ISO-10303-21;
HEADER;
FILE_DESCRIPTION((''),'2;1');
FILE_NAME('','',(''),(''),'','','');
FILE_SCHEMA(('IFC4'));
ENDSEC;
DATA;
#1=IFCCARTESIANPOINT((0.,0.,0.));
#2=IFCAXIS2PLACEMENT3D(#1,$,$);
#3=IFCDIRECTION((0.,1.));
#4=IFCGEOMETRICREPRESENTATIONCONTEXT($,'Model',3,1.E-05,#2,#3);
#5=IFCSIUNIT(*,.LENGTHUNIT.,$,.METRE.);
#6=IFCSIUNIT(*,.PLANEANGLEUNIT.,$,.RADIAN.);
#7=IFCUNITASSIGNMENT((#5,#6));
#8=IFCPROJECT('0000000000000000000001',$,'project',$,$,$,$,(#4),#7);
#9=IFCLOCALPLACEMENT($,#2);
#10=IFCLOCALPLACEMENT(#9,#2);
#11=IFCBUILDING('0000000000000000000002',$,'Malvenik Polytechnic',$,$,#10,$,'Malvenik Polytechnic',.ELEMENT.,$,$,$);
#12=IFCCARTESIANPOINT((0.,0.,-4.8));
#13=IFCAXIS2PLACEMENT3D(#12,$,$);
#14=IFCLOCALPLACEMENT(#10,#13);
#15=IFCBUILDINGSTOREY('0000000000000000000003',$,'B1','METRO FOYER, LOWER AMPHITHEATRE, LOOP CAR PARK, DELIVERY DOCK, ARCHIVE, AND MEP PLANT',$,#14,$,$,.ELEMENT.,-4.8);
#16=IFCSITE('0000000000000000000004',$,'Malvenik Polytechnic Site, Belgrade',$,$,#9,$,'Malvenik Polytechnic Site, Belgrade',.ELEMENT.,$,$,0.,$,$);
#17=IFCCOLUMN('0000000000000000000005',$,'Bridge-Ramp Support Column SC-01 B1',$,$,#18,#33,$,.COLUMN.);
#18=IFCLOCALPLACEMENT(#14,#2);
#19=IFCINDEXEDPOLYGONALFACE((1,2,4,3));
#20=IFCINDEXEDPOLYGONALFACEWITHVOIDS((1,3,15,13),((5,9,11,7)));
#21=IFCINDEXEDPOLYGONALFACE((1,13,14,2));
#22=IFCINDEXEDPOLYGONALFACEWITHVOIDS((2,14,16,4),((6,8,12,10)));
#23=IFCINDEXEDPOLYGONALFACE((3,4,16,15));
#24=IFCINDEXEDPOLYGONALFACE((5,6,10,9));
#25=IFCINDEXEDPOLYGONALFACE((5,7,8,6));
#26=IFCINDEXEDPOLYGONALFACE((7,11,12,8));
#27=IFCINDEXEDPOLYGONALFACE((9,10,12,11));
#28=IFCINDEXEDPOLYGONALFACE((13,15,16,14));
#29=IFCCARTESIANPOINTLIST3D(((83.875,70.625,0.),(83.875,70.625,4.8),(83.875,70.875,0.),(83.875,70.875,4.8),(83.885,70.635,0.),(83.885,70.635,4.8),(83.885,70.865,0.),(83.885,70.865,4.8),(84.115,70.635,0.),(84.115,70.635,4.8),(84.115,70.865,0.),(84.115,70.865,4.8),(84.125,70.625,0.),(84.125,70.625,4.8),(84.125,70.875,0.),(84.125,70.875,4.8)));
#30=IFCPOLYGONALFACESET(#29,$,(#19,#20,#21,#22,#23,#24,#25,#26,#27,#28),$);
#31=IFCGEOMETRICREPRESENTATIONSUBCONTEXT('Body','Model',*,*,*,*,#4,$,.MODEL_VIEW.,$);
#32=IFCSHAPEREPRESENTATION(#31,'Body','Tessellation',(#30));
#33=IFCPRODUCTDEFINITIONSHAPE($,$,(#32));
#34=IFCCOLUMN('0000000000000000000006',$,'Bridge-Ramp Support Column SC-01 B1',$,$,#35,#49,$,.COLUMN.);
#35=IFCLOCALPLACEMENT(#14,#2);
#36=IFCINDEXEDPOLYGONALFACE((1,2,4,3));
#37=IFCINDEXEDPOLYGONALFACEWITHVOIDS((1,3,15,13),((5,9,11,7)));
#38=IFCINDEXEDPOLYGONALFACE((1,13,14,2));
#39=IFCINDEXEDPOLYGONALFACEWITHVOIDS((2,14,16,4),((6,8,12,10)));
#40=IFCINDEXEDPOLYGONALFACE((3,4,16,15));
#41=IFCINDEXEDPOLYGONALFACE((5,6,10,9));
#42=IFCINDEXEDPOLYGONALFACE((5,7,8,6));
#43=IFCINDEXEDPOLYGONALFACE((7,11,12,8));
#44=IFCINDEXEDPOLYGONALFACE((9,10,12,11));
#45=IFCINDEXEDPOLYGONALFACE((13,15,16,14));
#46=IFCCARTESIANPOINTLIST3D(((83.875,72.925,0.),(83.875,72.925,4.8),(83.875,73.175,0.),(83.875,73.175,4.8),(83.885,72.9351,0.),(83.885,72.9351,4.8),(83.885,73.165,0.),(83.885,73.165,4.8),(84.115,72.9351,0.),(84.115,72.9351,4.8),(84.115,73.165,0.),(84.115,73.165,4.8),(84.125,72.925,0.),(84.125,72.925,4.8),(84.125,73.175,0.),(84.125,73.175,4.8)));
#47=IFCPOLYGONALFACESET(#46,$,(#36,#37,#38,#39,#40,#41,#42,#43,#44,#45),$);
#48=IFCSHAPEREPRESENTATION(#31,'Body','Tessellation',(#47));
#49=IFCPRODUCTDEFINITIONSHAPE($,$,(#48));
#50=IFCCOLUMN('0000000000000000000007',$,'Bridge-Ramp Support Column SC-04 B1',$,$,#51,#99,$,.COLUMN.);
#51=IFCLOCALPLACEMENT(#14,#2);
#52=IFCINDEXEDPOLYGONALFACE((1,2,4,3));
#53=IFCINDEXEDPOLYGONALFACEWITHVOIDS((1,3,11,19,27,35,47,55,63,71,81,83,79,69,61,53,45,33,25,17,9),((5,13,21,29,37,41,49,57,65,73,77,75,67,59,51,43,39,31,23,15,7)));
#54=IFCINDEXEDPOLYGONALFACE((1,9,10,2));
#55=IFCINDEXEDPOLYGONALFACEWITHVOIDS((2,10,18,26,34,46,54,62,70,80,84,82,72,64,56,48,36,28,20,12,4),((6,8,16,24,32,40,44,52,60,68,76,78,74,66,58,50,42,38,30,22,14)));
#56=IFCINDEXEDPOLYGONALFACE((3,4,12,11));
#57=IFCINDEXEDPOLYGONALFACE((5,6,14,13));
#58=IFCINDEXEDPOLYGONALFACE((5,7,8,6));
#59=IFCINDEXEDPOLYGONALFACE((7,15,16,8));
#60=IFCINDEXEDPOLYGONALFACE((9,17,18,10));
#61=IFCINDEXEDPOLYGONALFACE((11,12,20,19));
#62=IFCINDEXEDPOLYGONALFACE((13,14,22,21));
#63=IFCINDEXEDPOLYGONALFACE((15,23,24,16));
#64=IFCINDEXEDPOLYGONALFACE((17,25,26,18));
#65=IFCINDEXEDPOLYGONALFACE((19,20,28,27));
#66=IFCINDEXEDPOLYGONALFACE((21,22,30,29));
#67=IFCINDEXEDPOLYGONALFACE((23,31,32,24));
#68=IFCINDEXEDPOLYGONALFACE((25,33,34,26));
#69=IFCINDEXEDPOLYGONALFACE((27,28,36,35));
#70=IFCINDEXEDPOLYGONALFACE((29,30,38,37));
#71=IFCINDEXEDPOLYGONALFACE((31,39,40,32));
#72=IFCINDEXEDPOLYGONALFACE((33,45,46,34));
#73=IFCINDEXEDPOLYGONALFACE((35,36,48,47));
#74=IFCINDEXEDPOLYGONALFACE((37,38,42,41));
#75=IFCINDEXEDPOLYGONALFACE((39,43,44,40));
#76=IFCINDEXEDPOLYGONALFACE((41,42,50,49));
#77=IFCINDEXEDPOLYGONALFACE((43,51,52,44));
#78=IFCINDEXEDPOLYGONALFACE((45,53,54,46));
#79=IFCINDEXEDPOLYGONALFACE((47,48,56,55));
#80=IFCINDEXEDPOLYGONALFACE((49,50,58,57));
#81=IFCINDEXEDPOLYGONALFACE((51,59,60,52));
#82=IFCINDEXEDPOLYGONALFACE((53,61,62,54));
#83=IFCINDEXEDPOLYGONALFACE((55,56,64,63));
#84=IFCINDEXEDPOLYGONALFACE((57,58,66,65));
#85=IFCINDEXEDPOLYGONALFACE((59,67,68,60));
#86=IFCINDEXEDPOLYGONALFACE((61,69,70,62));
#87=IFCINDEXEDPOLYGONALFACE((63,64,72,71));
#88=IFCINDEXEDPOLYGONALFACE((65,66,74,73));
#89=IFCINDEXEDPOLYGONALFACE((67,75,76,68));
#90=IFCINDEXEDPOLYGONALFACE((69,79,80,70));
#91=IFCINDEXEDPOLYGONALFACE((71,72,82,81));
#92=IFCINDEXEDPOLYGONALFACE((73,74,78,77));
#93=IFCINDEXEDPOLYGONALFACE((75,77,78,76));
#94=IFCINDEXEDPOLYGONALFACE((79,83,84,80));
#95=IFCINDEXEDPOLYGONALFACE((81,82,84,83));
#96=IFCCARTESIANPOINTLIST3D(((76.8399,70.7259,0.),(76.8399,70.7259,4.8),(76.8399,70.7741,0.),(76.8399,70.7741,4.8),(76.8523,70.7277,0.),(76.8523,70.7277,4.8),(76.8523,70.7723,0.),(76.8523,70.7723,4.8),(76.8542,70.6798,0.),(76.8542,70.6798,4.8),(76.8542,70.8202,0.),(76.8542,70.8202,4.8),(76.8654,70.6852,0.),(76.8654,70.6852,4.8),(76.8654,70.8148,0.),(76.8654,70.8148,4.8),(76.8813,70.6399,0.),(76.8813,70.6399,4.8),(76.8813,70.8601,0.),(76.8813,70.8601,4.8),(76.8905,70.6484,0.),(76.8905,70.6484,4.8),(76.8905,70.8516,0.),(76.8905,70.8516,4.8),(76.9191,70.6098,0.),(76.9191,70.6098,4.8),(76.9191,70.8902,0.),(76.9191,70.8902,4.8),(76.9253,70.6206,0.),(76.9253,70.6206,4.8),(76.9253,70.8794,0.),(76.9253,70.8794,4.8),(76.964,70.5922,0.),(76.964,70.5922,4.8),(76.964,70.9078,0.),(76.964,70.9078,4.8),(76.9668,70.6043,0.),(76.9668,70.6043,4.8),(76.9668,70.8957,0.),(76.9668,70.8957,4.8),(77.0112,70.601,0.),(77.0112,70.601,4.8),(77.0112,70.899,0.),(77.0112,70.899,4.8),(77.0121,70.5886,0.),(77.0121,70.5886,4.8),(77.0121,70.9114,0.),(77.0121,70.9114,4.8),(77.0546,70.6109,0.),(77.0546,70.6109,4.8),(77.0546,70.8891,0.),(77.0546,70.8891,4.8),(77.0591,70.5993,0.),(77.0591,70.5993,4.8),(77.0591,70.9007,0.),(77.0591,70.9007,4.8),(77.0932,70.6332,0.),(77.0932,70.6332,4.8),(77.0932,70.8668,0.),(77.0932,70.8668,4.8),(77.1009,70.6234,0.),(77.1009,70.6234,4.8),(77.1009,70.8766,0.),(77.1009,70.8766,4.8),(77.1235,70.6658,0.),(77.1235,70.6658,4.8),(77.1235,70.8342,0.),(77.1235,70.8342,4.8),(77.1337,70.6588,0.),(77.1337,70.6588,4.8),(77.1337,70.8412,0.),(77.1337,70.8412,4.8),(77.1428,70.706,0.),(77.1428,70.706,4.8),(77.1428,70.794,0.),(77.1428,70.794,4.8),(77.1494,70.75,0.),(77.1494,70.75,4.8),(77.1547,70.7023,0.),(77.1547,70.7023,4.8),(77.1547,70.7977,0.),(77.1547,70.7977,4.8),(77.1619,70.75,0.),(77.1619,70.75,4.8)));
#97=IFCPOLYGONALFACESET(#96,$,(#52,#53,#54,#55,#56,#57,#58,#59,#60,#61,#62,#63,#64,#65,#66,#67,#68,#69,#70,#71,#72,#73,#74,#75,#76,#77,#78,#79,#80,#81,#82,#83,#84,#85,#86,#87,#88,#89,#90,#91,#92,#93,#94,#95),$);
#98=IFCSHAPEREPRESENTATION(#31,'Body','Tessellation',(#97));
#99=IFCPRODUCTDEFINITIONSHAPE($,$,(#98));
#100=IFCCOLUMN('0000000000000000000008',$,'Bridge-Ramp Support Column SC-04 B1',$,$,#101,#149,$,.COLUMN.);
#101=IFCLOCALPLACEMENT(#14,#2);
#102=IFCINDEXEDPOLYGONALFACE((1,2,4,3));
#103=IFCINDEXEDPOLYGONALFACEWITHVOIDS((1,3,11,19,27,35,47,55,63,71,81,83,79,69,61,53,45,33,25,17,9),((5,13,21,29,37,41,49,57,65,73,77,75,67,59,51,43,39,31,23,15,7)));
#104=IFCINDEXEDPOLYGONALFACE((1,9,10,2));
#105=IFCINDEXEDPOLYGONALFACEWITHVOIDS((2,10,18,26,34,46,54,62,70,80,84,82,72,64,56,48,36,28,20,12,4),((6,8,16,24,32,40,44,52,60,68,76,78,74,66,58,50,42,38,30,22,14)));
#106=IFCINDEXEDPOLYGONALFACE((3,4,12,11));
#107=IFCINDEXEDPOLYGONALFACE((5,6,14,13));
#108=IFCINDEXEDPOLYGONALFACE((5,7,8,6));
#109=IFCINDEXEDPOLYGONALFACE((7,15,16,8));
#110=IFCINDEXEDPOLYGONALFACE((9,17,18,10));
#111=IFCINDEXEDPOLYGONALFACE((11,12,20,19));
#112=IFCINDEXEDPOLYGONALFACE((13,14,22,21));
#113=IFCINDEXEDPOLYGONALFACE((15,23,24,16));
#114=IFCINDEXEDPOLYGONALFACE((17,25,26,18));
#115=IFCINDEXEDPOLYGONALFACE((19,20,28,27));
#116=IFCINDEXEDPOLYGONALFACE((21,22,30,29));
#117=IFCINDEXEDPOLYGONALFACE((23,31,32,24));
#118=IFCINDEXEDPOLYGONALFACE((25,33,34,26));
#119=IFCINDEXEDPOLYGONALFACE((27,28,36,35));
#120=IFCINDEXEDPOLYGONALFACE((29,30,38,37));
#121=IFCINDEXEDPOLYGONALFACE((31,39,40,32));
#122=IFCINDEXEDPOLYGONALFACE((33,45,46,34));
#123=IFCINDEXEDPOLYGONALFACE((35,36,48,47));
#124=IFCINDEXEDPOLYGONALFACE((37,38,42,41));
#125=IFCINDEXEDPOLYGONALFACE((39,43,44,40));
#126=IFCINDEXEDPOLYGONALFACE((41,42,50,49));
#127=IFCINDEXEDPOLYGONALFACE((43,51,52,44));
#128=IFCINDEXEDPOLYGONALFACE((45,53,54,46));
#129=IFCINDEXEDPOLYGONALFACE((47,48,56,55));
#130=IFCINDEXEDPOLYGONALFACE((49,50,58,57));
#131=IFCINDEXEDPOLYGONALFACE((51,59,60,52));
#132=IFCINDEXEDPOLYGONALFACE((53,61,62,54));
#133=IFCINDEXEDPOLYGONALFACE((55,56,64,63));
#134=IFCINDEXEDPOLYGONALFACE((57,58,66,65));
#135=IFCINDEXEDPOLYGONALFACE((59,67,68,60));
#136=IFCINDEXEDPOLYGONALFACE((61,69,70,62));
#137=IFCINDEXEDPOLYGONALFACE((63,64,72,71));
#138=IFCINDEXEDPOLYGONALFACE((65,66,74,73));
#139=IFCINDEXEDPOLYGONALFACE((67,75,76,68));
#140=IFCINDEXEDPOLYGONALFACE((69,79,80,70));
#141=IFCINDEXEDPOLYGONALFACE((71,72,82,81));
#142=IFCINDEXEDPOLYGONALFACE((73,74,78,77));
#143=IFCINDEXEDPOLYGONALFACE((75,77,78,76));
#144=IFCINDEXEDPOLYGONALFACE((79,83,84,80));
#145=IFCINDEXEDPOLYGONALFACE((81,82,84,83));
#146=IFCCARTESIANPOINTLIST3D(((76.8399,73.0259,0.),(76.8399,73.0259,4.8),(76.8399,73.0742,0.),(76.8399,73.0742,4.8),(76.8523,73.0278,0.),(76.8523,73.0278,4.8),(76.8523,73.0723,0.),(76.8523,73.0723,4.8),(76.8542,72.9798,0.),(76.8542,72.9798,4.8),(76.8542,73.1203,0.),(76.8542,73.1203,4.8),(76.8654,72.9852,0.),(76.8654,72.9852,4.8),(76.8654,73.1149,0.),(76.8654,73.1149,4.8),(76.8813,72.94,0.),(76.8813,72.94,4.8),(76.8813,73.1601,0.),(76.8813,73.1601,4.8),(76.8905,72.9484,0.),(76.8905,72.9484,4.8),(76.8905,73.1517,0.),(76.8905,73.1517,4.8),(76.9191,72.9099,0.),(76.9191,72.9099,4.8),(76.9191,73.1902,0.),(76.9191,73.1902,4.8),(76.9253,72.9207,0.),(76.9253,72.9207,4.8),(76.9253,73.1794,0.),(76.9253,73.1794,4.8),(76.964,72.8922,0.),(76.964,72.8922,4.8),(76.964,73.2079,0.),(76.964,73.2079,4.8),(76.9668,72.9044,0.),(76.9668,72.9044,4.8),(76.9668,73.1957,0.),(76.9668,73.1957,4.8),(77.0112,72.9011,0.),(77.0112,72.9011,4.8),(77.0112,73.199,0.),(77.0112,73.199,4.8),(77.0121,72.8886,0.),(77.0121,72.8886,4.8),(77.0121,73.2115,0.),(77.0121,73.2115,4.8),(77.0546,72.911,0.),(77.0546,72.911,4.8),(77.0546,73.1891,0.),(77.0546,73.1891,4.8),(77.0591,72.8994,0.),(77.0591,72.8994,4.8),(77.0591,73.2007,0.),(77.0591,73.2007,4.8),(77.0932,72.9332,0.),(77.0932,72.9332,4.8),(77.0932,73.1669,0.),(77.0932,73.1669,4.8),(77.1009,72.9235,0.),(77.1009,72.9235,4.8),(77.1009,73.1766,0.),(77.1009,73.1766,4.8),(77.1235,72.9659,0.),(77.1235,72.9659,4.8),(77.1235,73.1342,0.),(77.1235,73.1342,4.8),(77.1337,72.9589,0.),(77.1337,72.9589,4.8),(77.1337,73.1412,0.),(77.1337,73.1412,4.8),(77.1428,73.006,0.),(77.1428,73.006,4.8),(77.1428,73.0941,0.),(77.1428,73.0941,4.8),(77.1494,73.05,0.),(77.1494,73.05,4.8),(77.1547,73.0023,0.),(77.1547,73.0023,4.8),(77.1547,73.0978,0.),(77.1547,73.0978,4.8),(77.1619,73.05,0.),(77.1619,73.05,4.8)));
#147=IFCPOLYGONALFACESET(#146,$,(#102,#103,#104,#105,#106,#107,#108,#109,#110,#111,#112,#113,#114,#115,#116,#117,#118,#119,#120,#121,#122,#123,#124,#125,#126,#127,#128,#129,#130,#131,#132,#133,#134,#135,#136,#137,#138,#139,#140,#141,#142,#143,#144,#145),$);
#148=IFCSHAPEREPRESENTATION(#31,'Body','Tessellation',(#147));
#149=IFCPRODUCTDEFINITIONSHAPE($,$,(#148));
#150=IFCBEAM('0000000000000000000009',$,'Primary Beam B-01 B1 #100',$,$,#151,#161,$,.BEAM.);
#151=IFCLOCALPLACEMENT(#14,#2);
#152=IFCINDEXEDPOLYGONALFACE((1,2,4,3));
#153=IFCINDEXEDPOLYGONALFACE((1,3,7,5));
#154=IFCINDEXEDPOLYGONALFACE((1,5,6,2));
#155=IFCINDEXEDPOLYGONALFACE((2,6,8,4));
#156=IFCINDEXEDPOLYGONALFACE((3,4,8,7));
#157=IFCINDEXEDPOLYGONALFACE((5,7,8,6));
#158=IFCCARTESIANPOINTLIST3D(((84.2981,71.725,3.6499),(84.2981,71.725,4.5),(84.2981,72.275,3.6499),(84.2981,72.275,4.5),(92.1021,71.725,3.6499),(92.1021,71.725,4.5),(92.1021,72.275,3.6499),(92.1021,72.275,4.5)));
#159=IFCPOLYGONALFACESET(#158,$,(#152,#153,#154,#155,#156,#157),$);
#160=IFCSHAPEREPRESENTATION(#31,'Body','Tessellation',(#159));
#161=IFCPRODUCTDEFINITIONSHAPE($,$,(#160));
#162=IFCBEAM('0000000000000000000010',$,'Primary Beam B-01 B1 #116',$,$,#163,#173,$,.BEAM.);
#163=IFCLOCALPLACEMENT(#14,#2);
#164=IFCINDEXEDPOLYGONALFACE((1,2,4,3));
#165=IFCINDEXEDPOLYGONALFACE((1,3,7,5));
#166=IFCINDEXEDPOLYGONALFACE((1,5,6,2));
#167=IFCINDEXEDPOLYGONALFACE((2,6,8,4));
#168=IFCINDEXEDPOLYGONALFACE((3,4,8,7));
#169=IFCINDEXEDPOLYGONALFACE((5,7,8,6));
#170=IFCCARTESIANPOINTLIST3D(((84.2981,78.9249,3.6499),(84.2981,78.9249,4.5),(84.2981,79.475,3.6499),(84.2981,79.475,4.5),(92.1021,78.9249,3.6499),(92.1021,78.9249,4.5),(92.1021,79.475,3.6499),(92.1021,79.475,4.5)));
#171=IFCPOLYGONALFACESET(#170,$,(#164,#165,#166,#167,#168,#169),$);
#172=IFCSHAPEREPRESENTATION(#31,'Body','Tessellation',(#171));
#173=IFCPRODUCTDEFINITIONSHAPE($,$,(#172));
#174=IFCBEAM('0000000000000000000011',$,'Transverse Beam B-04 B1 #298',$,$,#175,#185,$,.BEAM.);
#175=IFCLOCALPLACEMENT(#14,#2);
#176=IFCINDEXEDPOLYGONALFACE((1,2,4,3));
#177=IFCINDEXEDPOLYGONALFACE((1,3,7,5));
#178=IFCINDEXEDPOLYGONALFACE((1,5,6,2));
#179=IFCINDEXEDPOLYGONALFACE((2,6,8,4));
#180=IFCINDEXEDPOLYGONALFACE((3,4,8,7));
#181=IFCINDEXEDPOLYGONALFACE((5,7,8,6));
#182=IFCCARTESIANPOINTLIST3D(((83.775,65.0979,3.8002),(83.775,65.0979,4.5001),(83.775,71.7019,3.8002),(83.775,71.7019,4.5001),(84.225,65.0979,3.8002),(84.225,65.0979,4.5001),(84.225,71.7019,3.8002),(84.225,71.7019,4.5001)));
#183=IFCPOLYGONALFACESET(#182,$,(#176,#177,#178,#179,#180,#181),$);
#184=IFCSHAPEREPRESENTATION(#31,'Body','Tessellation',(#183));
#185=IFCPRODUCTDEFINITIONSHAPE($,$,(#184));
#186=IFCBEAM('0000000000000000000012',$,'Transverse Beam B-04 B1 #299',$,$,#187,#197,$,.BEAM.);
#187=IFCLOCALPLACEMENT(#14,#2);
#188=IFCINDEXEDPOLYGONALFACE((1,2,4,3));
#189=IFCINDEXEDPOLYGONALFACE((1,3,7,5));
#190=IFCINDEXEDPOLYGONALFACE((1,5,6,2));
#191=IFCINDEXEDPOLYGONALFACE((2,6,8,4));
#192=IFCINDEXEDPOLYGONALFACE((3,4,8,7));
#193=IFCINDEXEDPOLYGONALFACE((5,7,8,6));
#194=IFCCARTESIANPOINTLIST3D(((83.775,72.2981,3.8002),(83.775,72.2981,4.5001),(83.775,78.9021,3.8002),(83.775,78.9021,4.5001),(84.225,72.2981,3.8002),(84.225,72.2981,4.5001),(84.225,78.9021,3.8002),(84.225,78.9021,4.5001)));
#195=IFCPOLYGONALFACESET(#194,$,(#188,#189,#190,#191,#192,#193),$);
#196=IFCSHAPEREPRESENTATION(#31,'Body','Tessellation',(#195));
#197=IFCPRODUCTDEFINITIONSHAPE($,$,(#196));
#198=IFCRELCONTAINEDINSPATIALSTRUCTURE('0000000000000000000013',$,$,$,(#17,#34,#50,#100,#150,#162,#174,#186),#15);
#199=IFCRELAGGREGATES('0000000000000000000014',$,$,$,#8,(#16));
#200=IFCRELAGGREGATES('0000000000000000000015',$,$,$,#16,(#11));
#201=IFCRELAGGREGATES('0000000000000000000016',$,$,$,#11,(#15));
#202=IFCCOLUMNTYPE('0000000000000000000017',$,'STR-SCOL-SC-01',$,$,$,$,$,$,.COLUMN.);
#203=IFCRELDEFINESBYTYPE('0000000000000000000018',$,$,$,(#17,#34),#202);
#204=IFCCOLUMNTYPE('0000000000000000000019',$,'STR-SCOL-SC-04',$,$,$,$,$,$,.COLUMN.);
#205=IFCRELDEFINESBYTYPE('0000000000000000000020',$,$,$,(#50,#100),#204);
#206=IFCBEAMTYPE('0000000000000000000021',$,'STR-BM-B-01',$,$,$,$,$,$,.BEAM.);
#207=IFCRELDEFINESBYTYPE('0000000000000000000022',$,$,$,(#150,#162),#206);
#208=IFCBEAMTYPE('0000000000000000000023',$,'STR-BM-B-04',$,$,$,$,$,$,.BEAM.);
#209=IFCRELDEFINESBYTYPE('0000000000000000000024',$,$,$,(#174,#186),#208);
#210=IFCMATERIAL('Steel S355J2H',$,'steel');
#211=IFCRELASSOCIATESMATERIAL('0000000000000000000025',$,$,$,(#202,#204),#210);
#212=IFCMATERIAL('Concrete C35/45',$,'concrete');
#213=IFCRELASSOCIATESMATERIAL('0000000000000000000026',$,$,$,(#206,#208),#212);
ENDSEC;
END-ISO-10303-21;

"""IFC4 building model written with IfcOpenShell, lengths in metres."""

from ifc_helpers import new_model, si_unit, direction, frame, origin, origin_2d, place, context, subcontext, project, spatial, rectangle, hollow_rectangle, hollow_circle, extrude, material, material_profile, profile_set, type_object, element, save


model = new_model("IFC4")

# Units and contexts
model_context = context("Model", 3, precision=1e-05, world=origin(), true_north=direction((0.0, 1.0)))
body_context = subcontext(model_context, "Body", "Model", "MODEL_VIEW")
ifc_project = project(units=[si_unit("LENGTHUNIT", "METRE"), si_unit("PLANEANGLEUNIT", "RADIAN")], contexts=[model_context])

# Site, building, storey
site_placement = place(None, origin())
site = spatial("IfcSite", under=ifc_project, at=site_placement, Name="Malvenik Polytechnic Site, Belgrade", LongName="Malvenik Polytechnic Site, Belgrade", CompositionType="ELEMENT", RefElevation=0.0)
building_placement = place(site_placement, origin())
building = spatial("IfcBuilding", under=site, at=building_placement, Name="Malvenik Polytechnic", LongName="Malvenik Polytechnic", CompositionType="ELEMENT")
storey_placement = place(building_placement, frame((0.0, 0.0, -4.8)))
storey = spatial("IfcBuildingStorey", under=building, at=storey_placement, Name="B1", Description="METRO FOYER, LOWER AMPHITHEATRE, LOOP CAR PARK, DELIVERY DOCK, ARCHIVE, AND MEP PLANT", CompositionType="ELEMENT", Elevation=-4.8)

# Shared definitions
ifc_material_1 = material(Name="Concrete C35/45", Category="concrete")

# Columns
ifc_material_2 = material(Name="Steel S355J2H", Category="steel")
ifc_material_profile_1 = material_profile(ifc_material_2, hollow_rectangle(XDim=0.25, YDim=0.25, WallThickness=0.01, at=origin_2d()), Name="SHS 250x250x10.0")
ifc_profile_set_1 = profile_set([ifc_material_profile_1], Name="Steel S355J2H")
column_type_1 = type_object("IfcColumnType", Name="STR-SCOL-SC-01", PredefinedType="COLUMN", material=ifc_profile_set_1)
for number, where, z_axis, x_axis, name in (
    (1, (84.0, 70.75, 0.0), (0.0, 0.0, 1.0), (1.0, 0.0, 0.0), "Bridge-Ramp Support Column SC-01 B1"),
    (2, (84.0, 73.05, 0.0), (0.0, 0.0, 1.0), (1.0, 0.0, 0.0), "Bridge-Ramp Support Column SC-01 B1"),
):
    element("IfcColumn", number, at=place(storey_placement, frame(where, z_axis=z_axis, x_axis=x_axis)), inside=storey, type_object=column_type_1, Name=name, PredefinedType="COLUMN", context=body_context, shape_type="SweptSolid", body=[
        extrude(hollow_rectangle(XDim=0.25, YDim=0.25, WallThickness=0.01, at=origin_2d()), origin(), (0.0, 0.0, 1.0), 4.8),
    ])
ifc_material_profile_2 = material_profile(ifc_material_2, hollow_circle(Radius=0.1619, WallThickness=0.0125, at=origin_2d()), Name="CHS 323.9x12.5")
ifc_profile_set_2 = profile_set([ifc_material_profile_2], Name="Steel S355J2H")
column_type_2 = type_object("IfcColumnType", Name="STR-SCOL-SC-04", PredefinedType="COLUMN", material=ifc_profile_set_2)
for number, where, z_axis, x_axis, name in (
    (3, (77.0, 70.75, 0.0), (0.0, 0.0, 1.0), (1.0, 0.0, 0.0), "Bridge-Ramp Support Column SC-04 B1"),
    (4, (77.0, 73.05, 0.0), (0.0, 0.0, 1.0), (1.0, 0.0, 0.0), "Bridge-Ramp Support Column SC-04 B1"),
):
    element("IfcColumn", number, at=place(storey_placement, frame(where, z_axis=z_axis, x_axis=x_axis)), inside=storey, type_object=column_type_2, Name=name, PredefinedType="COLUMN", context=body_context, shape_type="SweptSolid", body=[
        extrude(hollow_circle(Radius=0.1619, WallThickness=0.0125, at=origin_2d()), origin(), (0.0, 0.0, 1.0), 4.8),
    ])

# Beams
ifc_material_profile_3 = material_profile(ifc_material_1, rectangle(XDim=0.55, YDim=0.8501, at=origin_2d()), Name="RC BM 550x850")
ifc_profile_set_3 = profile_set([ifc_material_profile_3], Name="Concrete C35/45")
beam_type_1 = type_object("IfcBeamType", Name="STR-BM-B-01", PredefinedType="BEAM", material=ifc_profile_set_3)
for number, where, z_axis, x_axis, name in (
    (5, (84.2981, 72.0, 4.075), (1.0, 0.0, 0.0), (0.0, 1.0, 0.0), "Primary Beam B-01 B1 #100"),
    (6, (84.2981, 79.2, 4.075), (1.0, 0.0, 0.0), (0.0, 1.0, 0.0), "Primary Beam B-01 B1 #116"),
):
    element("IfcBeam", number, at=place(storey_placement, frame(where, z_axis=z_axis, x_axis=x_axis)), inside=storey, type_object=beam_type_1, Name=name, PredefinedType="BEAM", context=body_context, shape_type="SweptSolid", body=[
        extrude(rectangle(XDim=0.55, YDim=0.8501, at=origin_2d()), origin(), (0.0, 0.0, 1.0), 7.804),
    ])
ifc_material_profile_4 = material_profile(ifc_material_1, rectangle(XDim=0.45, YDim=0.7, at=origin_2d()), Name="RC BM 450x700")
ifc_profile_set_4 = profile_set([ifc_material_profile_4], Name="Concrete C35/45")
beam_type_2 = type_object("IfcBeamType", Name="STR-BM-B-04", PredefinedType="BEAM", material=ifc_profile_set_4)
for number, where, z_axis, x_axis, name in (
    (7, (84.0, 65.0979, 4.1501), (0.0, 1.0, 0.0), (-1.0, 0.0, 0.0), "Transverse Beam B-04 B1 #298"),
    (8, (84.0, 72.2981, 4.1501), (0.0, 1.0, 0.0), (-1.0, 0.0, 0.0), "Transverse Beam B-04 B1 #299"),
):
    element("IfcBeam", number, at=place(storey_placement, frame(where, z_axis=z_axis, x_axis=x_axis)), inside=storey, type_object=beam_type_2, Name=name, PredefinedType="BEAM", context=body_context, shape_type="SweptSolid", body=[
        extrude(rectangle(XDim=0.45, YDim=0.7, at=origin_2d()), origin(), (0.0, 0.0, 1.0), 6.604),
    ])

save(model, "model.ifc")
